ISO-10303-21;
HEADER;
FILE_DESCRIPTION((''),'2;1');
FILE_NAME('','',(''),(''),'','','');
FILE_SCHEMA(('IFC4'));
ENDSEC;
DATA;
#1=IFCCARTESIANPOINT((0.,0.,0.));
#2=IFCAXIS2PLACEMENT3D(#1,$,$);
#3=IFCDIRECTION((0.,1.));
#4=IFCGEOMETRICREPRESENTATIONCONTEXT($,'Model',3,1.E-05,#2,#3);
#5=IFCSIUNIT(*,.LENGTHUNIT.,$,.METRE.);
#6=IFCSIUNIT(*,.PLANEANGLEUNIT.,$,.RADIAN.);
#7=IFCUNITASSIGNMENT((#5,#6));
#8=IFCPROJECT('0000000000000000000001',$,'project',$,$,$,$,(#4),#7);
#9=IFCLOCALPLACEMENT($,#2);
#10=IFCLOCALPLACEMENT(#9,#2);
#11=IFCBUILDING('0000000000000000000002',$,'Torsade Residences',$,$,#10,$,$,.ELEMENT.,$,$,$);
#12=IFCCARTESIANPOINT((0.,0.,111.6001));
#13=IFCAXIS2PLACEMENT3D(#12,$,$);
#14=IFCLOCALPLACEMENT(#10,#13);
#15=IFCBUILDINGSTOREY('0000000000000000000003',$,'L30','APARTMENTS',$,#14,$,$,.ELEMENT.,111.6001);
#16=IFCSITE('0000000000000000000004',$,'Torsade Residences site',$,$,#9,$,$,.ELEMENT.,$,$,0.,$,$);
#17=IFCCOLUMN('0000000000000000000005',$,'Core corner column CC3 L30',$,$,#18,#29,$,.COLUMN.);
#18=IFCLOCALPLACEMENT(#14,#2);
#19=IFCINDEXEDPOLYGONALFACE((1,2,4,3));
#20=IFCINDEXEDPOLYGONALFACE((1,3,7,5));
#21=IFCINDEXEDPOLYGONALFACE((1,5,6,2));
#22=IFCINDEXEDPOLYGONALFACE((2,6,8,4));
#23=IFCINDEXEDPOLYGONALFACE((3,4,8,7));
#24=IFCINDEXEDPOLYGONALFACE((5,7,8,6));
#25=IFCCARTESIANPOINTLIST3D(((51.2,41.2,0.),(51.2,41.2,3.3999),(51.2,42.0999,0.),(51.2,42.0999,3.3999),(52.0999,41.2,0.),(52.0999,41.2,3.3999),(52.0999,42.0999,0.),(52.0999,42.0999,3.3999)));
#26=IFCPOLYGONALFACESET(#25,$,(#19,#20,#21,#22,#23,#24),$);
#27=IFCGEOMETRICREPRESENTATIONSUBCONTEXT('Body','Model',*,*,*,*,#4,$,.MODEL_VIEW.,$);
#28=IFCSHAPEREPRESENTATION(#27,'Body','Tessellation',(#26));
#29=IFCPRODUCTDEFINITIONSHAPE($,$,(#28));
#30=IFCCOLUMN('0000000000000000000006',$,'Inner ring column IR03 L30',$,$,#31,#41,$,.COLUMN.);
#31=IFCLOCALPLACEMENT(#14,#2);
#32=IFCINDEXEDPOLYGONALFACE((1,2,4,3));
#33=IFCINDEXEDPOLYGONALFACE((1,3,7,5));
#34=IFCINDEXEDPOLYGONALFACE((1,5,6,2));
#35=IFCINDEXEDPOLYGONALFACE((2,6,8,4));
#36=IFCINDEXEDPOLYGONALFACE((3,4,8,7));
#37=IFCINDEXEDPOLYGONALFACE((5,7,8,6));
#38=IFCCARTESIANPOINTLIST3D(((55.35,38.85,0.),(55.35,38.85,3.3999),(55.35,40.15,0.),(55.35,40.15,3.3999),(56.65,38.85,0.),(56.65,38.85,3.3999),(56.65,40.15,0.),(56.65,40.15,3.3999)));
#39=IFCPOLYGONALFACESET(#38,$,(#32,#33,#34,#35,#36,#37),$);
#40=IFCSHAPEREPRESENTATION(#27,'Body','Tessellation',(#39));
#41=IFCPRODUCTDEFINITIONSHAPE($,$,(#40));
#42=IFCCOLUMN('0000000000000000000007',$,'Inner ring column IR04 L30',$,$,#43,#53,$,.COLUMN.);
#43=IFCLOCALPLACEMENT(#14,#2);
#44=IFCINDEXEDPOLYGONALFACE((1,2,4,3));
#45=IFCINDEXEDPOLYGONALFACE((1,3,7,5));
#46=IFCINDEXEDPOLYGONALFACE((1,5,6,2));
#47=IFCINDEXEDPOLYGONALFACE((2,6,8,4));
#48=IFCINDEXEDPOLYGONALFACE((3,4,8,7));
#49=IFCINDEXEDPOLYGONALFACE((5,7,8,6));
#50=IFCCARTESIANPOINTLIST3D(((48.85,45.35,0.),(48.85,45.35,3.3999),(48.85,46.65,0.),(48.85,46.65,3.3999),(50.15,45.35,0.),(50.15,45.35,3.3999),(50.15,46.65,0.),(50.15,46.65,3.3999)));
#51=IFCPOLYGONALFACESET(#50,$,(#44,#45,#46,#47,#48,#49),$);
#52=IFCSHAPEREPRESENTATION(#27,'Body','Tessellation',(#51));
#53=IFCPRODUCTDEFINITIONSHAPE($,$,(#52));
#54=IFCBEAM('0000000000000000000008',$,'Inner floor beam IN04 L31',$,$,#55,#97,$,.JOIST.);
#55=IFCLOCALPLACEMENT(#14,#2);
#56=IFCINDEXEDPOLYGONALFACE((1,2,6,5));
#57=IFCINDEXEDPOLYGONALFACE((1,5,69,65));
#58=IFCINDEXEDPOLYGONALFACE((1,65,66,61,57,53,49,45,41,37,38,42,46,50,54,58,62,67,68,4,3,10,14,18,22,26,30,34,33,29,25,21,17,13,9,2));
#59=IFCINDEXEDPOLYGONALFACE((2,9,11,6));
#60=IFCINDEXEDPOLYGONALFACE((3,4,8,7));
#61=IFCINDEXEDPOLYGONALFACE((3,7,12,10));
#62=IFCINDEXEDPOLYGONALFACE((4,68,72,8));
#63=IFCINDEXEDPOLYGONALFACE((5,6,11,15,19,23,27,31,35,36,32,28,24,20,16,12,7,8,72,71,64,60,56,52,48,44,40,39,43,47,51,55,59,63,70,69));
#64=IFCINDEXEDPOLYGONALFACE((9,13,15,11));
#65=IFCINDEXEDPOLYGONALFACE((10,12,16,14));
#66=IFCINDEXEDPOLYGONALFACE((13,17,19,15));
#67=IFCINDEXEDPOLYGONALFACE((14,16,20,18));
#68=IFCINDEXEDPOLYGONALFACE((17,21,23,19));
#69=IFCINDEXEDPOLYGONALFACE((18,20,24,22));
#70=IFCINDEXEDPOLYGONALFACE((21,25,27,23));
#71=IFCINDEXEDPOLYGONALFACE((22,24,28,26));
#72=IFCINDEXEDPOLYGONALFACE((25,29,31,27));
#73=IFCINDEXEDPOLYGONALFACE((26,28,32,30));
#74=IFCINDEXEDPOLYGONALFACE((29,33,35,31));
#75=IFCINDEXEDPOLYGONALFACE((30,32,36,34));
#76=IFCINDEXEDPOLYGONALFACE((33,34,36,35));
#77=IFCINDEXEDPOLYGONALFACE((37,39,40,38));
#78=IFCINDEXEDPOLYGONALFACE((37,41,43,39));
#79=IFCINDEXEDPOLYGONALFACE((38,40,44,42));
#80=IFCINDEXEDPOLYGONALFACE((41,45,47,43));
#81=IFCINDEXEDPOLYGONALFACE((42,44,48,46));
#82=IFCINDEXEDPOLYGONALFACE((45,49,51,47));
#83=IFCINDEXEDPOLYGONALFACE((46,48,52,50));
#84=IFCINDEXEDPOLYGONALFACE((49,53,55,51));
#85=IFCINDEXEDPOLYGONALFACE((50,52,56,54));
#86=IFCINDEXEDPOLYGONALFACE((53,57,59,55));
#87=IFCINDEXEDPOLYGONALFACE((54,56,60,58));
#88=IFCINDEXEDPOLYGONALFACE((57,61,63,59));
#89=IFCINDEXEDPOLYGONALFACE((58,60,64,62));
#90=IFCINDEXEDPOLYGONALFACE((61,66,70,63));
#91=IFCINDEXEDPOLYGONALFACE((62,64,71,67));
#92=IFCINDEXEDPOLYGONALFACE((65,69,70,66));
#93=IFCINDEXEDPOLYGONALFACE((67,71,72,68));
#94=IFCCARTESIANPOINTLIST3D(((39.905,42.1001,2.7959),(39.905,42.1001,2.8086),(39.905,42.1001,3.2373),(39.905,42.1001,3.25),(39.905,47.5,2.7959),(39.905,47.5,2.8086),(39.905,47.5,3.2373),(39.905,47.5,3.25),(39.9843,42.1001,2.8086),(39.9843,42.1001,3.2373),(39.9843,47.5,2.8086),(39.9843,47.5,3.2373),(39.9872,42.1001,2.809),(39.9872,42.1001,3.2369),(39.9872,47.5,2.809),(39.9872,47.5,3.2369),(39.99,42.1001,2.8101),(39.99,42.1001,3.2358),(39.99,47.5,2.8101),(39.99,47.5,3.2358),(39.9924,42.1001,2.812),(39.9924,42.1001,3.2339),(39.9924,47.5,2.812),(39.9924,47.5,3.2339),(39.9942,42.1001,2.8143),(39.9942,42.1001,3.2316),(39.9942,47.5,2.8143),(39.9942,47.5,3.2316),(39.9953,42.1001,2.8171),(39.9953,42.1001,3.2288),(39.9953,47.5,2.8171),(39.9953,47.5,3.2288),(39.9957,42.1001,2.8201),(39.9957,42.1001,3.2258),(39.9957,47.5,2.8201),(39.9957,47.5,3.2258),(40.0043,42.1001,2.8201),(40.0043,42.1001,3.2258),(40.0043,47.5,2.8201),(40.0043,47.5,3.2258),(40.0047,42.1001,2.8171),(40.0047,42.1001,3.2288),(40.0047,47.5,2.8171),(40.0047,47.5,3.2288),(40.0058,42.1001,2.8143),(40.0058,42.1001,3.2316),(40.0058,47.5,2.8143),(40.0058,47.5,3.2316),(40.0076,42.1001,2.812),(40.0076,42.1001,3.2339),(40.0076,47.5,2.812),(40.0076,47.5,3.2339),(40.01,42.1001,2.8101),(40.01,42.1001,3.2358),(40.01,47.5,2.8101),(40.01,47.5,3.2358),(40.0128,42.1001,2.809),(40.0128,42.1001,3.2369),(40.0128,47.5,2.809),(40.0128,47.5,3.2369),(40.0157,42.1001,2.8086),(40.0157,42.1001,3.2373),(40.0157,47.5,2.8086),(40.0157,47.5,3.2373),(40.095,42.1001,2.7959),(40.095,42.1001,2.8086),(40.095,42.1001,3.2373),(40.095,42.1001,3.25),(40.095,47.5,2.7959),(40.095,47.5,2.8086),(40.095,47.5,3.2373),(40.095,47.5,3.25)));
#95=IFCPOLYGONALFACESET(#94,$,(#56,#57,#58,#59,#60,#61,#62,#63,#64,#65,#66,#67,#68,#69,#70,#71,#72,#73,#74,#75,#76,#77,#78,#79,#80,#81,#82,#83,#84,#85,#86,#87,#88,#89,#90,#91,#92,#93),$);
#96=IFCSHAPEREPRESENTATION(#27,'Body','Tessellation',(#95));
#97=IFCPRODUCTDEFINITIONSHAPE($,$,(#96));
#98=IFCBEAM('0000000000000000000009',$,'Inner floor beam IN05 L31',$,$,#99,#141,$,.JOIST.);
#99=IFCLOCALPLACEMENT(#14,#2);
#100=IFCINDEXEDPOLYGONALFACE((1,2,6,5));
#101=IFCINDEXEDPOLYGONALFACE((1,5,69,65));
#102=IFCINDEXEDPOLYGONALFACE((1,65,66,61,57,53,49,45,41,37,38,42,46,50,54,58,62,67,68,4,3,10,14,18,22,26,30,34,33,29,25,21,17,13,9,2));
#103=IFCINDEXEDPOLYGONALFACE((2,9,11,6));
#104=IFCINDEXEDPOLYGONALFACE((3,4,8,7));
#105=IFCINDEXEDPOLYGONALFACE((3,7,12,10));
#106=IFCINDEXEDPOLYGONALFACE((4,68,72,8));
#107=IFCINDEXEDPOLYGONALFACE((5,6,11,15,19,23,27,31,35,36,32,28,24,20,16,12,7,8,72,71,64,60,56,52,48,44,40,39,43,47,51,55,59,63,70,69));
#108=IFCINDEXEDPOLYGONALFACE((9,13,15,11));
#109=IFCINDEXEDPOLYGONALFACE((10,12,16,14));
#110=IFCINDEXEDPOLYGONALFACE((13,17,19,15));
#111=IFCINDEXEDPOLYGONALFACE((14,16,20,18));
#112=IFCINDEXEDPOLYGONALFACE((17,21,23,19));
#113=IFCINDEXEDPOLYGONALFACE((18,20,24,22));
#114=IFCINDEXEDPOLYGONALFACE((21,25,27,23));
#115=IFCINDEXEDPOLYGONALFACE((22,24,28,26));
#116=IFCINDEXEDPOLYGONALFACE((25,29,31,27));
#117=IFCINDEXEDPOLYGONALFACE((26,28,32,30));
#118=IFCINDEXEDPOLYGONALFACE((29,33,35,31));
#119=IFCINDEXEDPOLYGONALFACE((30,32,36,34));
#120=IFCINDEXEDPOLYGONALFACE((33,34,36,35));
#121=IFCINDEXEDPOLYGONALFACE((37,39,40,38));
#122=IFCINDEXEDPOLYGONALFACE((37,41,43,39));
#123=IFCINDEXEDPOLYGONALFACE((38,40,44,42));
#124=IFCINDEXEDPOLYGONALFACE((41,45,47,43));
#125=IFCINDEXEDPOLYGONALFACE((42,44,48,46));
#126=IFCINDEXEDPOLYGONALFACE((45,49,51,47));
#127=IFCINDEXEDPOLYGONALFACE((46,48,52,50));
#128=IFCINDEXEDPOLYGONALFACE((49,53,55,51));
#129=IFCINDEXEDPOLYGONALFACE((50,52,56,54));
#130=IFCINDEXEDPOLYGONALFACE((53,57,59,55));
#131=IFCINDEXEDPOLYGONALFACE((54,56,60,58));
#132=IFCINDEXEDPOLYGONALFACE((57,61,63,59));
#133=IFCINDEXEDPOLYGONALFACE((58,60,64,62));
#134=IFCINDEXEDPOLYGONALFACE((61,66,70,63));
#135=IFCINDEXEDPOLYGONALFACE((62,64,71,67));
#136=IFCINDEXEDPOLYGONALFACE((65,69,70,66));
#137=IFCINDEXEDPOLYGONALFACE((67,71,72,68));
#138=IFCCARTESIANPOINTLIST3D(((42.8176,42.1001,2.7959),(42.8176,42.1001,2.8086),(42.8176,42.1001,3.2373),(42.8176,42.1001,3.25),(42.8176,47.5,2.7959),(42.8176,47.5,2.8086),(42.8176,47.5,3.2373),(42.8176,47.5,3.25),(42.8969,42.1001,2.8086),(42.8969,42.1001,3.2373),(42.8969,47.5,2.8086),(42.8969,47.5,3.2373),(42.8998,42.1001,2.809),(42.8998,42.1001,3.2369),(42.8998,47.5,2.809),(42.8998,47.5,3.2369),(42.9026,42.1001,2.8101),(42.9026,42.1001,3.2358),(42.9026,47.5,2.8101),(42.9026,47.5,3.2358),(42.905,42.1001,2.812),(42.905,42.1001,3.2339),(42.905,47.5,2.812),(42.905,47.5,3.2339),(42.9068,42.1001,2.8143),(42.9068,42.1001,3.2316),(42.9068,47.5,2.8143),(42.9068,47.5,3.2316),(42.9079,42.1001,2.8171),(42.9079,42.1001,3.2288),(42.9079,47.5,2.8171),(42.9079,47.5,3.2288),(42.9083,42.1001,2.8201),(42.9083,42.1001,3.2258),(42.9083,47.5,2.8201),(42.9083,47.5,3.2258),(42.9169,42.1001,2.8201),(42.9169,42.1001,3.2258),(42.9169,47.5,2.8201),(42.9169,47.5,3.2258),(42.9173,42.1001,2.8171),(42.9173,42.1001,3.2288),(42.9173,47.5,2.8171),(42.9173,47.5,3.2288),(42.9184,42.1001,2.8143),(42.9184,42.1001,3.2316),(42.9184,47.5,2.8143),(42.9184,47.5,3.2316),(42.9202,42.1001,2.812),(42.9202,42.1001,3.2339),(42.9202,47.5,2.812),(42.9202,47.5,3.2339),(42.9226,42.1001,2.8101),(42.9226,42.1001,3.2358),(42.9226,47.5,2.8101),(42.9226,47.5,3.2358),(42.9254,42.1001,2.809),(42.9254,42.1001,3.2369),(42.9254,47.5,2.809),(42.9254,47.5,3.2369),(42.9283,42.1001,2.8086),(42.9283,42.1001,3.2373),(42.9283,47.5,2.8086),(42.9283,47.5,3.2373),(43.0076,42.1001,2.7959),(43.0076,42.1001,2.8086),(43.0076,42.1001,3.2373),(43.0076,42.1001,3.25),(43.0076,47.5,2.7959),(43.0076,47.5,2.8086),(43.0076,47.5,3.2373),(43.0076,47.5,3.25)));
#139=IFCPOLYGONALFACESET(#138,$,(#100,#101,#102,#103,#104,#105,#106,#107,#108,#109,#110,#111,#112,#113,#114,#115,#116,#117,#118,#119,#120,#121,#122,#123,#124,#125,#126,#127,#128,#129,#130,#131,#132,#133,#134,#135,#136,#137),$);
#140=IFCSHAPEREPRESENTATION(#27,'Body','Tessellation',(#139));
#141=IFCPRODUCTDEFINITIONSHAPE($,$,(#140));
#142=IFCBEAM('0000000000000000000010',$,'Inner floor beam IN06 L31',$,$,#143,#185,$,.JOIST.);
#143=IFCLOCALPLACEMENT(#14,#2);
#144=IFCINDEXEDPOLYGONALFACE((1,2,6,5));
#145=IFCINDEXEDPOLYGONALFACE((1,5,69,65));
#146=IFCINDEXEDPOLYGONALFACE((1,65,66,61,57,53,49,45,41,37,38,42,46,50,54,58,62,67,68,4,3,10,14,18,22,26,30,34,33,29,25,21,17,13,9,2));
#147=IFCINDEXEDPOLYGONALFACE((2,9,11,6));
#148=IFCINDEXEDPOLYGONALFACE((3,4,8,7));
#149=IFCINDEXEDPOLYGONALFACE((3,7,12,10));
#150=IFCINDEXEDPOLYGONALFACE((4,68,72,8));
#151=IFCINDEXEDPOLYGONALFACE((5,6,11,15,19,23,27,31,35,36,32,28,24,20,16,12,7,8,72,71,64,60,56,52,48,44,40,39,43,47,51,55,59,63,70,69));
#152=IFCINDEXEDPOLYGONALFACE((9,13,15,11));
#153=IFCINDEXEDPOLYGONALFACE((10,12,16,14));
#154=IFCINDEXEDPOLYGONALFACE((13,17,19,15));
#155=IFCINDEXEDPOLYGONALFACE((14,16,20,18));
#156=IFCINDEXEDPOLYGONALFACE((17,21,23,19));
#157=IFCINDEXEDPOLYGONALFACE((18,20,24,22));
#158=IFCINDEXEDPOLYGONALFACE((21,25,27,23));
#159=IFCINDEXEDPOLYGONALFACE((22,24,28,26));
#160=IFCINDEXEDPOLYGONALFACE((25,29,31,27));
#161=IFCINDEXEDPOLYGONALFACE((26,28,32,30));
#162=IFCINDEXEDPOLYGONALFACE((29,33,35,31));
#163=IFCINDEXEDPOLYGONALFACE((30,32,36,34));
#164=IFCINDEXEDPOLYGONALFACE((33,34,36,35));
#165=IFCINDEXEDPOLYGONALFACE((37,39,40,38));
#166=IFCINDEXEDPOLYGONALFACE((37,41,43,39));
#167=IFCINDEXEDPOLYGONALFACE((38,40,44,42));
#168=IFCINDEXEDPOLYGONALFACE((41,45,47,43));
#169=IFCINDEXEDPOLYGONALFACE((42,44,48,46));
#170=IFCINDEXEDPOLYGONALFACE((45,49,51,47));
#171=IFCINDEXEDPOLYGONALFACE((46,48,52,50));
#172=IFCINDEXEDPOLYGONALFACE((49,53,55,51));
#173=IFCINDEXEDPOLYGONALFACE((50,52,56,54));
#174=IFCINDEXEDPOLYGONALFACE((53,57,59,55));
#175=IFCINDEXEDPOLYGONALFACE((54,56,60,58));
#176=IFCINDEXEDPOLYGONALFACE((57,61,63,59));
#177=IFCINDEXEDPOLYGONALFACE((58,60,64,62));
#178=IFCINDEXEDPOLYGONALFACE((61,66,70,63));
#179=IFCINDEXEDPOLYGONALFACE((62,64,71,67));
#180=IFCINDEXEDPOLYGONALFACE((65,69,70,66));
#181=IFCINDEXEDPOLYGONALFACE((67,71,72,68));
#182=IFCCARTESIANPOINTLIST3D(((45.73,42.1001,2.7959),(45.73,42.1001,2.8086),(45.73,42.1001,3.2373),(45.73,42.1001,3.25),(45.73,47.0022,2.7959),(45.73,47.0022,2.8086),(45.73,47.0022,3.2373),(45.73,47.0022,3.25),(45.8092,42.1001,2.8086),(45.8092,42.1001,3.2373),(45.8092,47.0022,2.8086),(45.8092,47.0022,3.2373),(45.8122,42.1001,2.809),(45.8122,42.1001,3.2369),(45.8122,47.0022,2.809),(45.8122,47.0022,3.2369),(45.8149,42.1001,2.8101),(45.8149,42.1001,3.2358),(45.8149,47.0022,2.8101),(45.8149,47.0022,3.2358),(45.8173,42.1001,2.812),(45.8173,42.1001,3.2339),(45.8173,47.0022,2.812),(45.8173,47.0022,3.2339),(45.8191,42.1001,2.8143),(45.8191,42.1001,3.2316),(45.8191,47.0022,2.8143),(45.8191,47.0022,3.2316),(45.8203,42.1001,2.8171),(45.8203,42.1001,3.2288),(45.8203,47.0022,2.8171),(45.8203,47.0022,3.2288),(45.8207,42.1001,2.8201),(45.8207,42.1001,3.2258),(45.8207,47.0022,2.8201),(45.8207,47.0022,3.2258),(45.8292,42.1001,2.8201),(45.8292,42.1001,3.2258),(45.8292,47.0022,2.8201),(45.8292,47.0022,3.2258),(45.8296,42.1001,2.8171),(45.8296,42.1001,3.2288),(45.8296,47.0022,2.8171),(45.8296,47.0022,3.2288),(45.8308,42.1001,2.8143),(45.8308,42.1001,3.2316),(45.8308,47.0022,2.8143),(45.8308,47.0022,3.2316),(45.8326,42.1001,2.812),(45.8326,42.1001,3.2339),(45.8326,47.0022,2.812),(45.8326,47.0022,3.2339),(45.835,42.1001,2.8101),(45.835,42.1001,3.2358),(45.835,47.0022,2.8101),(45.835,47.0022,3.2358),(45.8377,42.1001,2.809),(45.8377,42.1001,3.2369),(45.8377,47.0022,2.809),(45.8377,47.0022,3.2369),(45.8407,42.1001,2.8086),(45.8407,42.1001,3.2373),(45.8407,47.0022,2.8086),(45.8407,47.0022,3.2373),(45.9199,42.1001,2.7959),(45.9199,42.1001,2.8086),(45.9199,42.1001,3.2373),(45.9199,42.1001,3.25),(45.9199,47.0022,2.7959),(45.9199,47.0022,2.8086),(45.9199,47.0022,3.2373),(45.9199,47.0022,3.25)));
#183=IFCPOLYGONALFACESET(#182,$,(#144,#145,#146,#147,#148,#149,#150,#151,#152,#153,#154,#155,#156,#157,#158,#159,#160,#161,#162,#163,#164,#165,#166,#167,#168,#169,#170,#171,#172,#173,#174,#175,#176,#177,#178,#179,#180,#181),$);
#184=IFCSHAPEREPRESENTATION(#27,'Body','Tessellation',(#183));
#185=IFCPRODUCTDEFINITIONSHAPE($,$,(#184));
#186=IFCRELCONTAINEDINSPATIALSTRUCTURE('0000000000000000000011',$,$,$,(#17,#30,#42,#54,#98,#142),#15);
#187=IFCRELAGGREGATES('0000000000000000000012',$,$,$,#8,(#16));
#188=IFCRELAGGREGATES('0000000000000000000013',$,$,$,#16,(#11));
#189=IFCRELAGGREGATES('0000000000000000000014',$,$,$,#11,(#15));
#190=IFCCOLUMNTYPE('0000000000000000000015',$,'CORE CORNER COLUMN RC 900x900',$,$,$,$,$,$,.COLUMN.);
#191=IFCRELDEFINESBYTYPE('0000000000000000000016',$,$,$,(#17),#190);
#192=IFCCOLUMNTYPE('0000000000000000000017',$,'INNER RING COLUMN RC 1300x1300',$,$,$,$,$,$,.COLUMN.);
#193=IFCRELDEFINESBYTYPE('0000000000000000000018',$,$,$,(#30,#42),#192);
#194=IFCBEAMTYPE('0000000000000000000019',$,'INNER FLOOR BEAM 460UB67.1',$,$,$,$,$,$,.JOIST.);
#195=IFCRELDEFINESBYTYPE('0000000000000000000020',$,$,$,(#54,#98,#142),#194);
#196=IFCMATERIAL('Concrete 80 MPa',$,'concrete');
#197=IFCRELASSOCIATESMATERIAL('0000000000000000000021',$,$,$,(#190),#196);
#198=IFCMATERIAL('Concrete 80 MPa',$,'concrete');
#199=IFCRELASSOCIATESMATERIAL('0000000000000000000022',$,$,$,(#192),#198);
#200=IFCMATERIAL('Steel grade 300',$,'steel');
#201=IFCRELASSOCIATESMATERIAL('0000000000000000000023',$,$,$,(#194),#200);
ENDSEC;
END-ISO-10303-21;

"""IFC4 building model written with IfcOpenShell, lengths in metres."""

from ifc_helpers import new_model, si_unit, direction, frame, origin, origin_2d, place, context, subcontext, project, spatial, rectangle, i_section, extrude, material, material_profile, profile_set, type_object, element, save


model = new_model("IFC4")

# Units and contexts
model_context = context("Model", 3, precision=1e-05, world=origin(), true_north=direction((0.0, 1.0)))
body_context = subcontext(model_context, "Body", "Model", "MODEL_VIEW")
ifc_project = project(units=[si_unit("LENGTHUNIT", "METRE"), si_unit("PLANEANGLEUNIT", "RADIAN")], contexts=[model_context])

# Site, building, storey
site_placement = place(None, origin())
site = spatial("IfcSite", under=ifc_project, at=site_placement, Name="Torsade Residences site", CompositionType="ELEMENT", RefElevation=0.0)
building_placement = place(site_placement, origin())
building = spatial("IfcBuilding", under=site, at=building_placement, Name="Torsade Residences", CompositionType="ELEMENT")
storey_placement = place(building_placement, frame((0.0, 0.0, 111.6001)))
storey = spatial("IfcBuildingStorey", under=building, at=storey_placement, Name="L30", Description="APARTMENTS", CompositionType="ELEMENT", Elevation=111.6001)

# Columns
ifc_material_1 = material(Name="Concrete 80 MPa", Category="concrete")
ifc_material_profile_1 = material_profile(ifc_material_1, rectangle(XDim=0.8999, YDim=0.8999, at=origin_2d()), Name="RC 900x900")
ifc_profile_set_1 = profile_set([ifc_material_profile_1], Name="Concrete 80 MPa")
column_type_1 = type_object("IfcColumnType", Name="CORE CORNER COLUMN RC 900x900", PredefinedType="COLUMN", material=ifc_profile_set_1)
column_placement = place(storey_placement, frame((51.6499, 41.6499, 0.0), z_axis=(0.0, 0.0, 1.0), x_axis=(1.0, 0.0, 0.0)))
element("IfcColumn", 1, at=column_placement, inside=storey, type_object=column_type_1, Name="Core corner column CC3 L30", PredefinedType="COLUMN", context=body_context, shape_type="SweptSolid", body=[
    extrude(rectangle(XDim=0.8999, YDim=0.8999, at=origin_2d()), origin(), (0.0, 0.0, 1.0), 3.3999),
])
ifc_material_2 = material(Name="Concrete 80 MPa", Category="concrete")
ifc_material_profile_2 = material_profile(ifc_material_2, rectangle(XDim=1.3, YDim=1.3, at=origin_2d()), Name="RC 1300x1300")
ifc_profile_set_2 = profile_set([ifc_material_profile_2], Name="Concrete 80 MPa")
column_type_2 = type_object("IfcColumnType", Name="INNER RING COLUMN RC 1300x1300", PredefinedType="COLUMN", material=ifc_profile_set_2)
for number, where, z_axis, x_axis, name in (
    (2, (56.0, 39.5, 0.0), (0.0, 0.0, 1.0), (1.0, 0.0, 0.0), "Inner ring column IR03 L30"),
    (3, (49.5, 46.0, 0.0), (0.0, 0.0, 1.0), (1.0, 0.0, 0.0), "Inner ring column IR04 L30"),
):
    element("IfcColumn", number, at=place(storey_placement, frame(where, z_axis=z_axis, x_axis=x_axis)), inside=storey, type_object=column_type_2, Name=name, PredefinedType="COLUMN", context=body_context, shape_type="SweptSolid", body=[
        extrude(rectangle(XDim=1.3, YDim=1.3, at=origin_2d()), origin(), (0.0, 0.0, 1.0), 3.3999),
    ])

# Beams
ifc_material_3 = material(Name="Steel grade 300", Category="steel")
ifc_material_profile_3 = material_profile(ifc_material_3, i_section(OverallWidth=0.1899, OverallDepth=0.4541, WebThickness=0.0085, FlangeThickness=0.0127, FilletRadius=0.0115, at=origin_2d()), Name="460UB67.1")
ifc_profile_set_3 = profile_set([ifc_material_profile_3], Name="Steel grade 300")
beam_type_1 = type_object("IfcBeamType", Name="INNER FLOOR BEAM 460UB67.1", PredefinedType="JOIST", material=ifc_profile_set_3)
for number, where, z_axis, x_axis, name in (
    (4, (40.0, 42.1001, 3.0229), (0.0, 1.0, 0.0), (-1.0, 0.0, 0.0), "Inner floor beam IN04 L31"),
    (5, (42.9126, 42.1001, 3.0229), (0.0, 1.0, 0.0), (-1.0, 0.0, 0.0), "Inner floor beam IN05 L31"),
):
    element("IfcBeam", number, at=place(storey_placement, frame(where, z_axis=z_axis, x_axis=x_axis)), inside=storey, type_object=beam_type_1, Name=name, PredefinedType="JOIST", context=body_context, shape_type="SweptSolid", body=[
        extrude(i_section(OverallWidth=0.1899, OverallDepth=0.4541, WebThickness=0.0085, FlangeThickness=0.0127, FilletRadius=0.0115, at=origin_2d()), origin(), (0.0, 0.0, 1.0), 5.3999),
    ])
beam_1_placement = place(storey_placement, frame((45.825, 42.1001, 3.0229), z_axis=(0.0, 1.0, 0.0), x_axis=(-1.0, 0.0, 0.0)))
element("IfcBeam", 6, at=beam_1_placement, inside=storey, type_object=beam_type_1, Name="Inner floor beam IN06 L31", PredefinedType="JOIST", context=body_context, shape_type="SweptSolid", body=[
    extrude(i_section(OverallWidth=0.1899, OverallDepth=0.4541, WebThickness=0.0085, FlangeThickness=0.0127, FilletRadius=0.0115, at=origin_2d()), origin(), (0.0, 0.0, 1.0), 4.9021),
])

save(model, "model.ifc")
